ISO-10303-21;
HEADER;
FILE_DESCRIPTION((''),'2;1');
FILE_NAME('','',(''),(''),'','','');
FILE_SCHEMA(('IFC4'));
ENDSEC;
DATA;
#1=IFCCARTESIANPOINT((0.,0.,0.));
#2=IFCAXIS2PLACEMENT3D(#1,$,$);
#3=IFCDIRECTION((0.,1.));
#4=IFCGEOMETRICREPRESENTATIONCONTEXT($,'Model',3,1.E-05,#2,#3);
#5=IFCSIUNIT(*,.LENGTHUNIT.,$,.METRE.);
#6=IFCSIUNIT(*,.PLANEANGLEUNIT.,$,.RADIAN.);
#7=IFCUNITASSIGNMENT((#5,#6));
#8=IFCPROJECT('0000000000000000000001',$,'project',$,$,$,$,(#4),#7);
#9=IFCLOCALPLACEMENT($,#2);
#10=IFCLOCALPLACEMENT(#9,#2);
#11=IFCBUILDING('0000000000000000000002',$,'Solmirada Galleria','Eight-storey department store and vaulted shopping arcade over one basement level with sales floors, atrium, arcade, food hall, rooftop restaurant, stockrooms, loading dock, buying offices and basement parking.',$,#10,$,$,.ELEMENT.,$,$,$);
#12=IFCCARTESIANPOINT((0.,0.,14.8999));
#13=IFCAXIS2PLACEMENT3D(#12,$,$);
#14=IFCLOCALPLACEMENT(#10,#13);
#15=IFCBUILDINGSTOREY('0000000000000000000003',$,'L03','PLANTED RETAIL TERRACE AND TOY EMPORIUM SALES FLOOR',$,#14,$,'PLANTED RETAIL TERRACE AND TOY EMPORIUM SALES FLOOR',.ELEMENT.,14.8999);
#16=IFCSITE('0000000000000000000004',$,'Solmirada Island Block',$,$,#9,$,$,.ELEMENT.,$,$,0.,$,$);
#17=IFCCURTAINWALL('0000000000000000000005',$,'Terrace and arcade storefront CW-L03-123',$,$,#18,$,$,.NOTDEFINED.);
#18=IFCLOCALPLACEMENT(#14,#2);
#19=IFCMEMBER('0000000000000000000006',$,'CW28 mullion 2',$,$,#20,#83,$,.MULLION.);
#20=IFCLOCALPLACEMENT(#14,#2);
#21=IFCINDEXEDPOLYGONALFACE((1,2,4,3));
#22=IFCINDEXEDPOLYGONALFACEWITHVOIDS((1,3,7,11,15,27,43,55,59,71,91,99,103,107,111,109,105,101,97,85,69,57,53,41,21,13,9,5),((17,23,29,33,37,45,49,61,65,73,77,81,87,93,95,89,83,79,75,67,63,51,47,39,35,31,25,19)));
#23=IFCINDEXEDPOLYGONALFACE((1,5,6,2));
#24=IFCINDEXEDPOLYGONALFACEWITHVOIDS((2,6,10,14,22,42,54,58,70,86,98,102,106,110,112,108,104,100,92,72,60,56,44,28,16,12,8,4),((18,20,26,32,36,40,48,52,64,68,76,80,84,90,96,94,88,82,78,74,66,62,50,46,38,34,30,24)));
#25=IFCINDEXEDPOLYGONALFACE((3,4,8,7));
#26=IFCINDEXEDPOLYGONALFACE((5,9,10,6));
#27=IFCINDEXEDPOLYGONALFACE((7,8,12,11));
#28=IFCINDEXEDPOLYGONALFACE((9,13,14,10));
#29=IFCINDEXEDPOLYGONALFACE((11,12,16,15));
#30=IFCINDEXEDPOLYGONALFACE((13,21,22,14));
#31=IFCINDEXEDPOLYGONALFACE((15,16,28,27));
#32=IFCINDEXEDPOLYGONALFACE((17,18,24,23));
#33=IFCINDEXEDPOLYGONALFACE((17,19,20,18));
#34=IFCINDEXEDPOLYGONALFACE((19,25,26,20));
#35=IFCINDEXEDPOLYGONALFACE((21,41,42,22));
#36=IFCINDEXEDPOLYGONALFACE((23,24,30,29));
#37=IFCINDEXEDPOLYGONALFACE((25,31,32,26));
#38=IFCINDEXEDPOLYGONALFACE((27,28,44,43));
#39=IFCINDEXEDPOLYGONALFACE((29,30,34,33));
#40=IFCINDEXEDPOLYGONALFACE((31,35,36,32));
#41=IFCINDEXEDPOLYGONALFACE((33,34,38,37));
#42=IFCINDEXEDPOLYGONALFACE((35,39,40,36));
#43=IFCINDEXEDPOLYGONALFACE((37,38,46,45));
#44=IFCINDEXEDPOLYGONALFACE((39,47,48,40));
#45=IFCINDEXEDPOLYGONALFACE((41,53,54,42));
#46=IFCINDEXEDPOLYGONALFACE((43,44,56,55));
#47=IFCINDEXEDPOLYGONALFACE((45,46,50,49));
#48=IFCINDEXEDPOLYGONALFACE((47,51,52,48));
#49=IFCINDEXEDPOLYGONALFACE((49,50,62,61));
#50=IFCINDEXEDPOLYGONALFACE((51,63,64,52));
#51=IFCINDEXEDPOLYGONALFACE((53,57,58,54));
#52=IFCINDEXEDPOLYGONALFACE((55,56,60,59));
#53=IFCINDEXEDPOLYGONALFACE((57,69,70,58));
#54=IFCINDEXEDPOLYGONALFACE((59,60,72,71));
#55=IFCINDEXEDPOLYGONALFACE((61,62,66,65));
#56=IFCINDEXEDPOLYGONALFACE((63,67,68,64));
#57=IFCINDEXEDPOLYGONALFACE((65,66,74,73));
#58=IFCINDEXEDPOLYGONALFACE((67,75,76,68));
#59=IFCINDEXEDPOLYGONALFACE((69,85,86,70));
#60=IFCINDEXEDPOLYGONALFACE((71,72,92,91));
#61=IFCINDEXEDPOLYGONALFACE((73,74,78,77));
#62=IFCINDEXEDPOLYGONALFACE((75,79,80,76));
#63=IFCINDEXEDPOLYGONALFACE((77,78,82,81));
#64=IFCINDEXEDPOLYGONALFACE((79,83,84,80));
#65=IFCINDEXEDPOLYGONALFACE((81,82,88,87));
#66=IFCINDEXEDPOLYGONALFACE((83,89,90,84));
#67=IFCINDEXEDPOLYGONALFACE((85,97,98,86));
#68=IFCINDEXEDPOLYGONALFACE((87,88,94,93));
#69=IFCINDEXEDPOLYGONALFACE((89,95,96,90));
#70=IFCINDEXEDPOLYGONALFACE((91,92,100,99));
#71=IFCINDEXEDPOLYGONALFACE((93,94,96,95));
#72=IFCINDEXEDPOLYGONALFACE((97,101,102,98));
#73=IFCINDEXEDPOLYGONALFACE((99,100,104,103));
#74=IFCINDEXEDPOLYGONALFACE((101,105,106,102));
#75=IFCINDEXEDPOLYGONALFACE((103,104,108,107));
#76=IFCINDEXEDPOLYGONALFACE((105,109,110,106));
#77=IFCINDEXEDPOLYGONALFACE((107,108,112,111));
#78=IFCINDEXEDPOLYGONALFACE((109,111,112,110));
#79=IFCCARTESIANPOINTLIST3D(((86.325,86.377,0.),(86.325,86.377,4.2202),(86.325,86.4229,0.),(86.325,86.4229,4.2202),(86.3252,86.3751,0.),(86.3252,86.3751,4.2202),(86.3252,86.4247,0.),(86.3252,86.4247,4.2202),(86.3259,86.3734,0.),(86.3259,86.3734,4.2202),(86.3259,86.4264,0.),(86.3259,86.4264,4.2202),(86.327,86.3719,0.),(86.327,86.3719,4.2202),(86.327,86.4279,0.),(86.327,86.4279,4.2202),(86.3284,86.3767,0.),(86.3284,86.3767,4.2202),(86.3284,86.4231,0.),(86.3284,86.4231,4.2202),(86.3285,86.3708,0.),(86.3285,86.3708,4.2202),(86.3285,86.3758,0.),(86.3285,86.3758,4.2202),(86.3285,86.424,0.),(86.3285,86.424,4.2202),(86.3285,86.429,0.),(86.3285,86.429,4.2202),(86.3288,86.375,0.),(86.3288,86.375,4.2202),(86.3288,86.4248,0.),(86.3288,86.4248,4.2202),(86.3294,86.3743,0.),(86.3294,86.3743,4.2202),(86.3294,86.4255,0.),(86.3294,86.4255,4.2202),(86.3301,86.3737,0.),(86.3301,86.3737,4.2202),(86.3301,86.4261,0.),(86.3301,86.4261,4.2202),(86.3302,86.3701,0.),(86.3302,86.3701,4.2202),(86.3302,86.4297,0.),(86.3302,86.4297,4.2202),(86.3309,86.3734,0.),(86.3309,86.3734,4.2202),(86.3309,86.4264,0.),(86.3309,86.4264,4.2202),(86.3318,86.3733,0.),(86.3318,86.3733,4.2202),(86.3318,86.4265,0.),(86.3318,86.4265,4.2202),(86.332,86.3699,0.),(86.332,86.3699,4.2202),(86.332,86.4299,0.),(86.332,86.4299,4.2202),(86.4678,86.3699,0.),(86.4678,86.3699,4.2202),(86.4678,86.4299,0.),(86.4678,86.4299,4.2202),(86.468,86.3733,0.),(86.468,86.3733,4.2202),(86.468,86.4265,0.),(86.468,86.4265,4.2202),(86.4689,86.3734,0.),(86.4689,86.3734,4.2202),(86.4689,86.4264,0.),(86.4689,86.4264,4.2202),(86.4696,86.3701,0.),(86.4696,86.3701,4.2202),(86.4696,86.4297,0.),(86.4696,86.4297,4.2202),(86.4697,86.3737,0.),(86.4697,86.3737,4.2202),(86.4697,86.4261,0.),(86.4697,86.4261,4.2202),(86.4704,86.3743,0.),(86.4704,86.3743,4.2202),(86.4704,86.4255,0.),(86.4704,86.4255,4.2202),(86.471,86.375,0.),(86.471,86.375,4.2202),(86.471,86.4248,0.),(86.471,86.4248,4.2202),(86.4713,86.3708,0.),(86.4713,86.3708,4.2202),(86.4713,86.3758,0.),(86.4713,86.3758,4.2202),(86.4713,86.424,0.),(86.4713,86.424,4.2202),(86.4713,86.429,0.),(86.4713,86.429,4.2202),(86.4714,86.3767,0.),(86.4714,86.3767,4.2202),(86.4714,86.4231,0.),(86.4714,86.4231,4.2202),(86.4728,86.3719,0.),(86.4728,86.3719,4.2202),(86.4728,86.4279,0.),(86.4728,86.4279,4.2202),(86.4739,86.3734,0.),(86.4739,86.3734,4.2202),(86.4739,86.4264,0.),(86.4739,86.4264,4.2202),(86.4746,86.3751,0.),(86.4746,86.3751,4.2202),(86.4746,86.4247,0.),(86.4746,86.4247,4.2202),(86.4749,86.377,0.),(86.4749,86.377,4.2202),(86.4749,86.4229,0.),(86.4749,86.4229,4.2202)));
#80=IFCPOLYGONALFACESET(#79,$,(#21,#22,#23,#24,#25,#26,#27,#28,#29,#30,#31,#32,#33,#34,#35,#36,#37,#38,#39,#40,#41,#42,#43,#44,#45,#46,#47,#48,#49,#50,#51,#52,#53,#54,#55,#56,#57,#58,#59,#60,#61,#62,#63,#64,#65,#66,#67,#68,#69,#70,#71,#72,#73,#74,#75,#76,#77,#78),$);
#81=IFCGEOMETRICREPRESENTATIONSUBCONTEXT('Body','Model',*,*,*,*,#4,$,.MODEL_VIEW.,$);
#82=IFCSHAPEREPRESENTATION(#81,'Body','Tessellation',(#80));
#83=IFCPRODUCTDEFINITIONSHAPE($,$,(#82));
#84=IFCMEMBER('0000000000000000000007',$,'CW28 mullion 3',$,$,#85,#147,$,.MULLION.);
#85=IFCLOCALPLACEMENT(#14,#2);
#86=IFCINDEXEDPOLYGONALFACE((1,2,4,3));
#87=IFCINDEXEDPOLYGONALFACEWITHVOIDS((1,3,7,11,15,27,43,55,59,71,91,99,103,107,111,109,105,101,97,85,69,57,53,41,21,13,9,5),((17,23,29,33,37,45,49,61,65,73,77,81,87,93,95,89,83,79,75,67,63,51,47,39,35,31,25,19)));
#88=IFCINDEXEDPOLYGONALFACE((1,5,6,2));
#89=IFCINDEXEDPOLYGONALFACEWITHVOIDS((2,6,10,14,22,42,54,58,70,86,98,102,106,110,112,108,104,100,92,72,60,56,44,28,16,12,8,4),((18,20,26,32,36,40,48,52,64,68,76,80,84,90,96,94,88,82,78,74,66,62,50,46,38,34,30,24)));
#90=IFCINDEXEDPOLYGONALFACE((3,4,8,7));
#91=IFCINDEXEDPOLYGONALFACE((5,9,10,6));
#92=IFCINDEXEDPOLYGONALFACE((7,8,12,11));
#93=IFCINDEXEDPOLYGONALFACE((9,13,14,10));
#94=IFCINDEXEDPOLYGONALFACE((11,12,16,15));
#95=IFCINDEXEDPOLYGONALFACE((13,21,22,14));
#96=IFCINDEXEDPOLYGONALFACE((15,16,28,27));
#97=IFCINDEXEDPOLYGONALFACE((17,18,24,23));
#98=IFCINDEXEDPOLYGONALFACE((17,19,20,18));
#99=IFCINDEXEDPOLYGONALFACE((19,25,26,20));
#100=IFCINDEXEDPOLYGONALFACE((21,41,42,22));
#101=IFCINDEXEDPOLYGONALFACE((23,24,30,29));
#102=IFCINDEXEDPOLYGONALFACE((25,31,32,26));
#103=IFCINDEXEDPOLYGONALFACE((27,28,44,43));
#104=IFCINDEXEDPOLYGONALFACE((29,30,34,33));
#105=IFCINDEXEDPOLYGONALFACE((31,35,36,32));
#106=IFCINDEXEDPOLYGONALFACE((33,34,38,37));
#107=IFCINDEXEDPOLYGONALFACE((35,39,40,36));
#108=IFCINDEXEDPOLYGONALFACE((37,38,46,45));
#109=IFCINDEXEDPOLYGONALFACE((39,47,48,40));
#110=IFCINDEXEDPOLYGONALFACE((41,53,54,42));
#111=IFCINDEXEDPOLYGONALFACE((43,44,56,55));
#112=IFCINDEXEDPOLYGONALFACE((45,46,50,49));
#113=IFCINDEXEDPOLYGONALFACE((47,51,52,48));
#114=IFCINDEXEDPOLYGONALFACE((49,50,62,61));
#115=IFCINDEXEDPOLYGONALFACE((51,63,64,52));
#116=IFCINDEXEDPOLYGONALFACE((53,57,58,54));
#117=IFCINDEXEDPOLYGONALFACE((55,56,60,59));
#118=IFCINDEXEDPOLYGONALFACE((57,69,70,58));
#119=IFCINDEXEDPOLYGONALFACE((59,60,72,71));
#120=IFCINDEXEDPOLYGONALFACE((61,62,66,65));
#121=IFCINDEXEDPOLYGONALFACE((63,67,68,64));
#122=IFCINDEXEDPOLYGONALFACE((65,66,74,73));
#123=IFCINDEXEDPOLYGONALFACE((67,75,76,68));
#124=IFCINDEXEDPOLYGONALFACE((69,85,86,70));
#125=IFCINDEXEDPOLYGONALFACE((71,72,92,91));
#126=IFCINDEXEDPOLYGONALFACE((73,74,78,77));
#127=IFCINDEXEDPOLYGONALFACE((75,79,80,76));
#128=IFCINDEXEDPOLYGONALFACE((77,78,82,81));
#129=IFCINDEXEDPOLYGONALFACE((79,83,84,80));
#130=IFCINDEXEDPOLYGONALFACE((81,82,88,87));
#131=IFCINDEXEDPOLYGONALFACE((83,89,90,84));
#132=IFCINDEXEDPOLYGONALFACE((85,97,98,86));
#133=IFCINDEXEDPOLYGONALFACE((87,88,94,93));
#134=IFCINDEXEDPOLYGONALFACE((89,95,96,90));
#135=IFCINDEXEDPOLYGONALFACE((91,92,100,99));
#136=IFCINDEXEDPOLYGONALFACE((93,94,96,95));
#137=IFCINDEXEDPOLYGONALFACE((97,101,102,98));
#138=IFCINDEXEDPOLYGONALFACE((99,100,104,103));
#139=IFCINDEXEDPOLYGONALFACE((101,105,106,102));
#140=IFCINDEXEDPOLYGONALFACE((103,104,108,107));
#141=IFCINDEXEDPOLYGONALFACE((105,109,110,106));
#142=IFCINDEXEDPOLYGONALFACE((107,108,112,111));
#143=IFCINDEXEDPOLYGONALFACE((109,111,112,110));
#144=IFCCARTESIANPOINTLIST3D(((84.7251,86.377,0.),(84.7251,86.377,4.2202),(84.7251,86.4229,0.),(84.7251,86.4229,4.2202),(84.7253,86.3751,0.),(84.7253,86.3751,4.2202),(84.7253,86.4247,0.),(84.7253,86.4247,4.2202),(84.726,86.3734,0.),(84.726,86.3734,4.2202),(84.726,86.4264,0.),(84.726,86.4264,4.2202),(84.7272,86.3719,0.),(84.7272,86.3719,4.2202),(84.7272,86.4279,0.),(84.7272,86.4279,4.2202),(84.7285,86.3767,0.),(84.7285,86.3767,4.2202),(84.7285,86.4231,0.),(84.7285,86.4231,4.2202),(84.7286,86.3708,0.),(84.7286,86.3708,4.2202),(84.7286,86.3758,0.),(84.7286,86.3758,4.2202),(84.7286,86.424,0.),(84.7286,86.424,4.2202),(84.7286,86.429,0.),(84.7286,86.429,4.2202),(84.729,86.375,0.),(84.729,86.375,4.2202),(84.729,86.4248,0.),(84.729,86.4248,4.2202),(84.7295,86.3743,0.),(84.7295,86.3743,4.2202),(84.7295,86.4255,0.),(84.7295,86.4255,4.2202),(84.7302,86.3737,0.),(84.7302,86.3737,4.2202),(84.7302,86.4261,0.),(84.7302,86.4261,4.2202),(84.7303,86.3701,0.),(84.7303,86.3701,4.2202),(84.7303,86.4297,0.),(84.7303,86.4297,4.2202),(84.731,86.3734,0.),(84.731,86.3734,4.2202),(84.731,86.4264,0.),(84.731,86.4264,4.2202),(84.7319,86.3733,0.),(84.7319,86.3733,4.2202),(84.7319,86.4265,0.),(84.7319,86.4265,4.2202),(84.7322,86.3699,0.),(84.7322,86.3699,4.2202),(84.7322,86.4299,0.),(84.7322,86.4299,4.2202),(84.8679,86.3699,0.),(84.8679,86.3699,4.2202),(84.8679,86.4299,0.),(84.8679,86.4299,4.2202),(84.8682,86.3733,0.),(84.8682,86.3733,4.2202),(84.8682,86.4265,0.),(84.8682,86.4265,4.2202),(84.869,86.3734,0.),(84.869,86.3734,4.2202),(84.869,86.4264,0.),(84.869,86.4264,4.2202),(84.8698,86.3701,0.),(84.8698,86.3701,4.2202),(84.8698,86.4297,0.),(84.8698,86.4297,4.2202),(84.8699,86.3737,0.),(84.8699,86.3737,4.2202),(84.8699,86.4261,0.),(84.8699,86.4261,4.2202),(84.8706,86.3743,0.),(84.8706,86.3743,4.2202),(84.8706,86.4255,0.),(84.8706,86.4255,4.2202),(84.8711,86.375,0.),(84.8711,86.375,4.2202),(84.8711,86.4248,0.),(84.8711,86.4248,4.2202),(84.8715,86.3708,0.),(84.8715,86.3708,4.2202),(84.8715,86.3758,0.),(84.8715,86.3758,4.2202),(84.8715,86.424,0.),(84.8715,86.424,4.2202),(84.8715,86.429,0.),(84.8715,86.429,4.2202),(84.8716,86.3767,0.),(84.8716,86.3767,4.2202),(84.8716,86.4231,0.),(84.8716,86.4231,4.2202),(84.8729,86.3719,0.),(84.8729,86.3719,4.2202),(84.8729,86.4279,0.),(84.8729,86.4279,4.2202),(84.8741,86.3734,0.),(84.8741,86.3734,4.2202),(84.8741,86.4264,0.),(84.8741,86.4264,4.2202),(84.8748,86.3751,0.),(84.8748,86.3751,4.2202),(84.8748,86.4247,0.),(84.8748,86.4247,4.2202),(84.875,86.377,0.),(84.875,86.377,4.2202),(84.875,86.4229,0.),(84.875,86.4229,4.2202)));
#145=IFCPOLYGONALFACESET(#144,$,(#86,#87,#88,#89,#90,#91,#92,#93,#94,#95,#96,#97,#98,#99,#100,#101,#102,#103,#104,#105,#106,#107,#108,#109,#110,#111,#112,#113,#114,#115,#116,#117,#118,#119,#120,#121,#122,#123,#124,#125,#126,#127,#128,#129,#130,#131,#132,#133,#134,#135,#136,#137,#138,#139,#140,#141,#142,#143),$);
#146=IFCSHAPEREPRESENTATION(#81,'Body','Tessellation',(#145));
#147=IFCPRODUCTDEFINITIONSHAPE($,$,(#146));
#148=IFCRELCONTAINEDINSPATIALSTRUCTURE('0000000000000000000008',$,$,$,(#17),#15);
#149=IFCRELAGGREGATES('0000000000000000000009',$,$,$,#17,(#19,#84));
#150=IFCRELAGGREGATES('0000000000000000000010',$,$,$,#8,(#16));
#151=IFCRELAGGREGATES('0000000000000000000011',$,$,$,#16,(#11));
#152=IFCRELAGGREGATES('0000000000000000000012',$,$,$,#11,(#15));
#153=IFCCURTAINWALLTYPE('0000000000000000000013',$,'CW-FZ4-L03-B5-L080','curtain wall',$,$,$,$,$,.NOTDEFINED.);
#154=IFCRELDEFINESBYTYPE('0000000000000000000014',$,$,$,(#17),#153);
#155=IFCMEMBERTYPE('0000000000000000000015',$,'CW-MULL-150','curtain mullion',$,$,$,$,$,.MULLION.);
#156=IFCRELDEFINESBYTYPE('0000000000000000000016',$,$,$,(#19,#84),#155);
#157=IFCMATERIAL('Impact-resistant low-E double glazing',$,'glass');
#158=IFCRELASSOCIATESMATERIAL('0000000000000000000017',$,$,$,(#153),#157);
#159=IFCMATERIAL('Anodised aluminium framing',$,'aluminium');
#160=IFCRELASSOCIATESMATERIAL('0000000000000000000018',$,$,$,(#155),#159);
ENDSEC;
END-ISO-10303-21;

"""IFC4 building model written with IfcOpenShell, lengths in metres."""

from ifc_helpers import new_model, si_unit, direction, frame, origin, origin_2d, place, context, subcontext, project, spatial, hollow_rectangle, extrude, material, material_profile, profile_set, type_object, element, aggregate, save


model = new_model("IFC4")

# Units and contexts
model_context = context("Model", 3, precision=1e-05, world=origin(), true_north=direction((0.0, 1.0)))
body_context = subcontext(model_context, "Body", "Model", "MODEL_VIEW")
ifc_project = project(units=[si_unit("LENGTHUNIT", "METRE"), si_unit("PLANEANGLEUNIT", "RADIAN")], contexts=[model_context])

# Site, building, storey
site_placement = place(None, origin())
site = spatial("IfcSite", under=ifc_project, at=site_placement, Name="Solmirada Island Block", CompositionType="ELEMENT", RefElevation=0.0)
building_placement = place(site_placement, origin())
building = spatial("IfcBuilding", under=site, at=building_placement, Name="Solmirada Galleria", Description="Eight-storey department store and vaulted shopping arcade over one basement level with sales floors, atrium, arcade, food hall, rooftop restaurant, stockrooms, loading dock, buying offices and basement parking.", CompositionType="ELEMENT")
storey_placement = place(building_placement, frame((0.0, 0.0, 14.8999)))
storey = spatial("IfcBuildingStorey", under=building, at=storey_placement, Name="L03", Description="PLANTED RETAIL TERRACE AND TOY EMPORIUM SALES FLOOR", LongName="PLANTED RETAIL TERRACE AND TOY EMPORIUM SALES FLOOR", CompositionType="ELEMENT", Elevation=14.8999)

# Curtain wall, members
ifc_material_1 = material(Name="Impact-resistant low-E double glazing", Category="glass")
curtain_wall_type = type_object("IfcCurtainWallType", Name="CW-FZ4-L03-B5-L080", Description="curtain wall", PredefinedType="NOTDEFINED", material=ifc_material_1)
curtain_wall_placement = place(storey_placement, origin())
curtain_wall = element("IfcCurtainWall", 1, at=curtain_wall_placement, inside=storey, type_object=curtain_wall_type, Name="Terrace and arcade storefront CW-L03-123", PredefinedType="NOTDEFINED")
ifc_material_2 = material(Name="Anodised aluminium framing", Category="aluminium")
ifc_material_profile_1 = material_profile(ifc_material_2, hollow_rectangle(XDim=0.0601, YDim=0.1499, WallThickness=0.0034, InnerFilletRadius=0.0034, OuterFilletRadius=0.0071, at=origin_2d()), Name="ALU-MULL-150X60")
ifc_profile_set_1 = profile_set([ifc_material_profile_1], Name="Anodised aluminium framing")
member_type_1 = type_object("IfcMemberType", Name="CW-MULL-150", Description="curtain mullion", PredefinedType="MULLION", material=ifc_profile_set_1)
member_1_placement = place(storey_placement, frame((86.3999, 86.3999, 0.0), z_axis=(0.0, 0.0, 1.0), x_axis=(0.0, -1.0, 0.0)))
member_1 = element("IfcMember", 2, at=member_1_placement, type_object=member_type_1, Name="CW28 mullion 2", PredefinedType="MULLION", context=body_context, shape_type="SweptSolid", body=[
    extrude(hollow_rectangle(XDim=0.0601, YDim=0.1499, WallThickness=0.0034, InnerFilletRadius=0.0034, OuterFilletRadius=0.0071, at=origin_2d()), origin(), (0.0, 0.0, 1.0), 4.2202),
])
member_2_placement = place(storey_placement, frame((84.8, 86.3999, 0.0), z_axis=(0.0, 0.0, 1.0), x_axis=(0.0, -1.0, 0.0)))
member_2 = element("IfcMember", 3, at=member_2_placement, type_object=member_type_1, Name="CW28 mullion 3", PredefinedType="MULLION", context=body_context, shape_type="SweptSolid", body=[
    extrude(hollow_rectangle(XDim=0.0601, YDim=0.1499, WallThickness=0.0034, InnerFilletRadius=0.0034, OuterFilletRadius=0.0071, at=origin_2d()), origin(), (0.0, 0.0, 1.0), 4.2202),
])
aggregate(curtain_wall, [member_1, member_2])

save(model, "model.ifc")
